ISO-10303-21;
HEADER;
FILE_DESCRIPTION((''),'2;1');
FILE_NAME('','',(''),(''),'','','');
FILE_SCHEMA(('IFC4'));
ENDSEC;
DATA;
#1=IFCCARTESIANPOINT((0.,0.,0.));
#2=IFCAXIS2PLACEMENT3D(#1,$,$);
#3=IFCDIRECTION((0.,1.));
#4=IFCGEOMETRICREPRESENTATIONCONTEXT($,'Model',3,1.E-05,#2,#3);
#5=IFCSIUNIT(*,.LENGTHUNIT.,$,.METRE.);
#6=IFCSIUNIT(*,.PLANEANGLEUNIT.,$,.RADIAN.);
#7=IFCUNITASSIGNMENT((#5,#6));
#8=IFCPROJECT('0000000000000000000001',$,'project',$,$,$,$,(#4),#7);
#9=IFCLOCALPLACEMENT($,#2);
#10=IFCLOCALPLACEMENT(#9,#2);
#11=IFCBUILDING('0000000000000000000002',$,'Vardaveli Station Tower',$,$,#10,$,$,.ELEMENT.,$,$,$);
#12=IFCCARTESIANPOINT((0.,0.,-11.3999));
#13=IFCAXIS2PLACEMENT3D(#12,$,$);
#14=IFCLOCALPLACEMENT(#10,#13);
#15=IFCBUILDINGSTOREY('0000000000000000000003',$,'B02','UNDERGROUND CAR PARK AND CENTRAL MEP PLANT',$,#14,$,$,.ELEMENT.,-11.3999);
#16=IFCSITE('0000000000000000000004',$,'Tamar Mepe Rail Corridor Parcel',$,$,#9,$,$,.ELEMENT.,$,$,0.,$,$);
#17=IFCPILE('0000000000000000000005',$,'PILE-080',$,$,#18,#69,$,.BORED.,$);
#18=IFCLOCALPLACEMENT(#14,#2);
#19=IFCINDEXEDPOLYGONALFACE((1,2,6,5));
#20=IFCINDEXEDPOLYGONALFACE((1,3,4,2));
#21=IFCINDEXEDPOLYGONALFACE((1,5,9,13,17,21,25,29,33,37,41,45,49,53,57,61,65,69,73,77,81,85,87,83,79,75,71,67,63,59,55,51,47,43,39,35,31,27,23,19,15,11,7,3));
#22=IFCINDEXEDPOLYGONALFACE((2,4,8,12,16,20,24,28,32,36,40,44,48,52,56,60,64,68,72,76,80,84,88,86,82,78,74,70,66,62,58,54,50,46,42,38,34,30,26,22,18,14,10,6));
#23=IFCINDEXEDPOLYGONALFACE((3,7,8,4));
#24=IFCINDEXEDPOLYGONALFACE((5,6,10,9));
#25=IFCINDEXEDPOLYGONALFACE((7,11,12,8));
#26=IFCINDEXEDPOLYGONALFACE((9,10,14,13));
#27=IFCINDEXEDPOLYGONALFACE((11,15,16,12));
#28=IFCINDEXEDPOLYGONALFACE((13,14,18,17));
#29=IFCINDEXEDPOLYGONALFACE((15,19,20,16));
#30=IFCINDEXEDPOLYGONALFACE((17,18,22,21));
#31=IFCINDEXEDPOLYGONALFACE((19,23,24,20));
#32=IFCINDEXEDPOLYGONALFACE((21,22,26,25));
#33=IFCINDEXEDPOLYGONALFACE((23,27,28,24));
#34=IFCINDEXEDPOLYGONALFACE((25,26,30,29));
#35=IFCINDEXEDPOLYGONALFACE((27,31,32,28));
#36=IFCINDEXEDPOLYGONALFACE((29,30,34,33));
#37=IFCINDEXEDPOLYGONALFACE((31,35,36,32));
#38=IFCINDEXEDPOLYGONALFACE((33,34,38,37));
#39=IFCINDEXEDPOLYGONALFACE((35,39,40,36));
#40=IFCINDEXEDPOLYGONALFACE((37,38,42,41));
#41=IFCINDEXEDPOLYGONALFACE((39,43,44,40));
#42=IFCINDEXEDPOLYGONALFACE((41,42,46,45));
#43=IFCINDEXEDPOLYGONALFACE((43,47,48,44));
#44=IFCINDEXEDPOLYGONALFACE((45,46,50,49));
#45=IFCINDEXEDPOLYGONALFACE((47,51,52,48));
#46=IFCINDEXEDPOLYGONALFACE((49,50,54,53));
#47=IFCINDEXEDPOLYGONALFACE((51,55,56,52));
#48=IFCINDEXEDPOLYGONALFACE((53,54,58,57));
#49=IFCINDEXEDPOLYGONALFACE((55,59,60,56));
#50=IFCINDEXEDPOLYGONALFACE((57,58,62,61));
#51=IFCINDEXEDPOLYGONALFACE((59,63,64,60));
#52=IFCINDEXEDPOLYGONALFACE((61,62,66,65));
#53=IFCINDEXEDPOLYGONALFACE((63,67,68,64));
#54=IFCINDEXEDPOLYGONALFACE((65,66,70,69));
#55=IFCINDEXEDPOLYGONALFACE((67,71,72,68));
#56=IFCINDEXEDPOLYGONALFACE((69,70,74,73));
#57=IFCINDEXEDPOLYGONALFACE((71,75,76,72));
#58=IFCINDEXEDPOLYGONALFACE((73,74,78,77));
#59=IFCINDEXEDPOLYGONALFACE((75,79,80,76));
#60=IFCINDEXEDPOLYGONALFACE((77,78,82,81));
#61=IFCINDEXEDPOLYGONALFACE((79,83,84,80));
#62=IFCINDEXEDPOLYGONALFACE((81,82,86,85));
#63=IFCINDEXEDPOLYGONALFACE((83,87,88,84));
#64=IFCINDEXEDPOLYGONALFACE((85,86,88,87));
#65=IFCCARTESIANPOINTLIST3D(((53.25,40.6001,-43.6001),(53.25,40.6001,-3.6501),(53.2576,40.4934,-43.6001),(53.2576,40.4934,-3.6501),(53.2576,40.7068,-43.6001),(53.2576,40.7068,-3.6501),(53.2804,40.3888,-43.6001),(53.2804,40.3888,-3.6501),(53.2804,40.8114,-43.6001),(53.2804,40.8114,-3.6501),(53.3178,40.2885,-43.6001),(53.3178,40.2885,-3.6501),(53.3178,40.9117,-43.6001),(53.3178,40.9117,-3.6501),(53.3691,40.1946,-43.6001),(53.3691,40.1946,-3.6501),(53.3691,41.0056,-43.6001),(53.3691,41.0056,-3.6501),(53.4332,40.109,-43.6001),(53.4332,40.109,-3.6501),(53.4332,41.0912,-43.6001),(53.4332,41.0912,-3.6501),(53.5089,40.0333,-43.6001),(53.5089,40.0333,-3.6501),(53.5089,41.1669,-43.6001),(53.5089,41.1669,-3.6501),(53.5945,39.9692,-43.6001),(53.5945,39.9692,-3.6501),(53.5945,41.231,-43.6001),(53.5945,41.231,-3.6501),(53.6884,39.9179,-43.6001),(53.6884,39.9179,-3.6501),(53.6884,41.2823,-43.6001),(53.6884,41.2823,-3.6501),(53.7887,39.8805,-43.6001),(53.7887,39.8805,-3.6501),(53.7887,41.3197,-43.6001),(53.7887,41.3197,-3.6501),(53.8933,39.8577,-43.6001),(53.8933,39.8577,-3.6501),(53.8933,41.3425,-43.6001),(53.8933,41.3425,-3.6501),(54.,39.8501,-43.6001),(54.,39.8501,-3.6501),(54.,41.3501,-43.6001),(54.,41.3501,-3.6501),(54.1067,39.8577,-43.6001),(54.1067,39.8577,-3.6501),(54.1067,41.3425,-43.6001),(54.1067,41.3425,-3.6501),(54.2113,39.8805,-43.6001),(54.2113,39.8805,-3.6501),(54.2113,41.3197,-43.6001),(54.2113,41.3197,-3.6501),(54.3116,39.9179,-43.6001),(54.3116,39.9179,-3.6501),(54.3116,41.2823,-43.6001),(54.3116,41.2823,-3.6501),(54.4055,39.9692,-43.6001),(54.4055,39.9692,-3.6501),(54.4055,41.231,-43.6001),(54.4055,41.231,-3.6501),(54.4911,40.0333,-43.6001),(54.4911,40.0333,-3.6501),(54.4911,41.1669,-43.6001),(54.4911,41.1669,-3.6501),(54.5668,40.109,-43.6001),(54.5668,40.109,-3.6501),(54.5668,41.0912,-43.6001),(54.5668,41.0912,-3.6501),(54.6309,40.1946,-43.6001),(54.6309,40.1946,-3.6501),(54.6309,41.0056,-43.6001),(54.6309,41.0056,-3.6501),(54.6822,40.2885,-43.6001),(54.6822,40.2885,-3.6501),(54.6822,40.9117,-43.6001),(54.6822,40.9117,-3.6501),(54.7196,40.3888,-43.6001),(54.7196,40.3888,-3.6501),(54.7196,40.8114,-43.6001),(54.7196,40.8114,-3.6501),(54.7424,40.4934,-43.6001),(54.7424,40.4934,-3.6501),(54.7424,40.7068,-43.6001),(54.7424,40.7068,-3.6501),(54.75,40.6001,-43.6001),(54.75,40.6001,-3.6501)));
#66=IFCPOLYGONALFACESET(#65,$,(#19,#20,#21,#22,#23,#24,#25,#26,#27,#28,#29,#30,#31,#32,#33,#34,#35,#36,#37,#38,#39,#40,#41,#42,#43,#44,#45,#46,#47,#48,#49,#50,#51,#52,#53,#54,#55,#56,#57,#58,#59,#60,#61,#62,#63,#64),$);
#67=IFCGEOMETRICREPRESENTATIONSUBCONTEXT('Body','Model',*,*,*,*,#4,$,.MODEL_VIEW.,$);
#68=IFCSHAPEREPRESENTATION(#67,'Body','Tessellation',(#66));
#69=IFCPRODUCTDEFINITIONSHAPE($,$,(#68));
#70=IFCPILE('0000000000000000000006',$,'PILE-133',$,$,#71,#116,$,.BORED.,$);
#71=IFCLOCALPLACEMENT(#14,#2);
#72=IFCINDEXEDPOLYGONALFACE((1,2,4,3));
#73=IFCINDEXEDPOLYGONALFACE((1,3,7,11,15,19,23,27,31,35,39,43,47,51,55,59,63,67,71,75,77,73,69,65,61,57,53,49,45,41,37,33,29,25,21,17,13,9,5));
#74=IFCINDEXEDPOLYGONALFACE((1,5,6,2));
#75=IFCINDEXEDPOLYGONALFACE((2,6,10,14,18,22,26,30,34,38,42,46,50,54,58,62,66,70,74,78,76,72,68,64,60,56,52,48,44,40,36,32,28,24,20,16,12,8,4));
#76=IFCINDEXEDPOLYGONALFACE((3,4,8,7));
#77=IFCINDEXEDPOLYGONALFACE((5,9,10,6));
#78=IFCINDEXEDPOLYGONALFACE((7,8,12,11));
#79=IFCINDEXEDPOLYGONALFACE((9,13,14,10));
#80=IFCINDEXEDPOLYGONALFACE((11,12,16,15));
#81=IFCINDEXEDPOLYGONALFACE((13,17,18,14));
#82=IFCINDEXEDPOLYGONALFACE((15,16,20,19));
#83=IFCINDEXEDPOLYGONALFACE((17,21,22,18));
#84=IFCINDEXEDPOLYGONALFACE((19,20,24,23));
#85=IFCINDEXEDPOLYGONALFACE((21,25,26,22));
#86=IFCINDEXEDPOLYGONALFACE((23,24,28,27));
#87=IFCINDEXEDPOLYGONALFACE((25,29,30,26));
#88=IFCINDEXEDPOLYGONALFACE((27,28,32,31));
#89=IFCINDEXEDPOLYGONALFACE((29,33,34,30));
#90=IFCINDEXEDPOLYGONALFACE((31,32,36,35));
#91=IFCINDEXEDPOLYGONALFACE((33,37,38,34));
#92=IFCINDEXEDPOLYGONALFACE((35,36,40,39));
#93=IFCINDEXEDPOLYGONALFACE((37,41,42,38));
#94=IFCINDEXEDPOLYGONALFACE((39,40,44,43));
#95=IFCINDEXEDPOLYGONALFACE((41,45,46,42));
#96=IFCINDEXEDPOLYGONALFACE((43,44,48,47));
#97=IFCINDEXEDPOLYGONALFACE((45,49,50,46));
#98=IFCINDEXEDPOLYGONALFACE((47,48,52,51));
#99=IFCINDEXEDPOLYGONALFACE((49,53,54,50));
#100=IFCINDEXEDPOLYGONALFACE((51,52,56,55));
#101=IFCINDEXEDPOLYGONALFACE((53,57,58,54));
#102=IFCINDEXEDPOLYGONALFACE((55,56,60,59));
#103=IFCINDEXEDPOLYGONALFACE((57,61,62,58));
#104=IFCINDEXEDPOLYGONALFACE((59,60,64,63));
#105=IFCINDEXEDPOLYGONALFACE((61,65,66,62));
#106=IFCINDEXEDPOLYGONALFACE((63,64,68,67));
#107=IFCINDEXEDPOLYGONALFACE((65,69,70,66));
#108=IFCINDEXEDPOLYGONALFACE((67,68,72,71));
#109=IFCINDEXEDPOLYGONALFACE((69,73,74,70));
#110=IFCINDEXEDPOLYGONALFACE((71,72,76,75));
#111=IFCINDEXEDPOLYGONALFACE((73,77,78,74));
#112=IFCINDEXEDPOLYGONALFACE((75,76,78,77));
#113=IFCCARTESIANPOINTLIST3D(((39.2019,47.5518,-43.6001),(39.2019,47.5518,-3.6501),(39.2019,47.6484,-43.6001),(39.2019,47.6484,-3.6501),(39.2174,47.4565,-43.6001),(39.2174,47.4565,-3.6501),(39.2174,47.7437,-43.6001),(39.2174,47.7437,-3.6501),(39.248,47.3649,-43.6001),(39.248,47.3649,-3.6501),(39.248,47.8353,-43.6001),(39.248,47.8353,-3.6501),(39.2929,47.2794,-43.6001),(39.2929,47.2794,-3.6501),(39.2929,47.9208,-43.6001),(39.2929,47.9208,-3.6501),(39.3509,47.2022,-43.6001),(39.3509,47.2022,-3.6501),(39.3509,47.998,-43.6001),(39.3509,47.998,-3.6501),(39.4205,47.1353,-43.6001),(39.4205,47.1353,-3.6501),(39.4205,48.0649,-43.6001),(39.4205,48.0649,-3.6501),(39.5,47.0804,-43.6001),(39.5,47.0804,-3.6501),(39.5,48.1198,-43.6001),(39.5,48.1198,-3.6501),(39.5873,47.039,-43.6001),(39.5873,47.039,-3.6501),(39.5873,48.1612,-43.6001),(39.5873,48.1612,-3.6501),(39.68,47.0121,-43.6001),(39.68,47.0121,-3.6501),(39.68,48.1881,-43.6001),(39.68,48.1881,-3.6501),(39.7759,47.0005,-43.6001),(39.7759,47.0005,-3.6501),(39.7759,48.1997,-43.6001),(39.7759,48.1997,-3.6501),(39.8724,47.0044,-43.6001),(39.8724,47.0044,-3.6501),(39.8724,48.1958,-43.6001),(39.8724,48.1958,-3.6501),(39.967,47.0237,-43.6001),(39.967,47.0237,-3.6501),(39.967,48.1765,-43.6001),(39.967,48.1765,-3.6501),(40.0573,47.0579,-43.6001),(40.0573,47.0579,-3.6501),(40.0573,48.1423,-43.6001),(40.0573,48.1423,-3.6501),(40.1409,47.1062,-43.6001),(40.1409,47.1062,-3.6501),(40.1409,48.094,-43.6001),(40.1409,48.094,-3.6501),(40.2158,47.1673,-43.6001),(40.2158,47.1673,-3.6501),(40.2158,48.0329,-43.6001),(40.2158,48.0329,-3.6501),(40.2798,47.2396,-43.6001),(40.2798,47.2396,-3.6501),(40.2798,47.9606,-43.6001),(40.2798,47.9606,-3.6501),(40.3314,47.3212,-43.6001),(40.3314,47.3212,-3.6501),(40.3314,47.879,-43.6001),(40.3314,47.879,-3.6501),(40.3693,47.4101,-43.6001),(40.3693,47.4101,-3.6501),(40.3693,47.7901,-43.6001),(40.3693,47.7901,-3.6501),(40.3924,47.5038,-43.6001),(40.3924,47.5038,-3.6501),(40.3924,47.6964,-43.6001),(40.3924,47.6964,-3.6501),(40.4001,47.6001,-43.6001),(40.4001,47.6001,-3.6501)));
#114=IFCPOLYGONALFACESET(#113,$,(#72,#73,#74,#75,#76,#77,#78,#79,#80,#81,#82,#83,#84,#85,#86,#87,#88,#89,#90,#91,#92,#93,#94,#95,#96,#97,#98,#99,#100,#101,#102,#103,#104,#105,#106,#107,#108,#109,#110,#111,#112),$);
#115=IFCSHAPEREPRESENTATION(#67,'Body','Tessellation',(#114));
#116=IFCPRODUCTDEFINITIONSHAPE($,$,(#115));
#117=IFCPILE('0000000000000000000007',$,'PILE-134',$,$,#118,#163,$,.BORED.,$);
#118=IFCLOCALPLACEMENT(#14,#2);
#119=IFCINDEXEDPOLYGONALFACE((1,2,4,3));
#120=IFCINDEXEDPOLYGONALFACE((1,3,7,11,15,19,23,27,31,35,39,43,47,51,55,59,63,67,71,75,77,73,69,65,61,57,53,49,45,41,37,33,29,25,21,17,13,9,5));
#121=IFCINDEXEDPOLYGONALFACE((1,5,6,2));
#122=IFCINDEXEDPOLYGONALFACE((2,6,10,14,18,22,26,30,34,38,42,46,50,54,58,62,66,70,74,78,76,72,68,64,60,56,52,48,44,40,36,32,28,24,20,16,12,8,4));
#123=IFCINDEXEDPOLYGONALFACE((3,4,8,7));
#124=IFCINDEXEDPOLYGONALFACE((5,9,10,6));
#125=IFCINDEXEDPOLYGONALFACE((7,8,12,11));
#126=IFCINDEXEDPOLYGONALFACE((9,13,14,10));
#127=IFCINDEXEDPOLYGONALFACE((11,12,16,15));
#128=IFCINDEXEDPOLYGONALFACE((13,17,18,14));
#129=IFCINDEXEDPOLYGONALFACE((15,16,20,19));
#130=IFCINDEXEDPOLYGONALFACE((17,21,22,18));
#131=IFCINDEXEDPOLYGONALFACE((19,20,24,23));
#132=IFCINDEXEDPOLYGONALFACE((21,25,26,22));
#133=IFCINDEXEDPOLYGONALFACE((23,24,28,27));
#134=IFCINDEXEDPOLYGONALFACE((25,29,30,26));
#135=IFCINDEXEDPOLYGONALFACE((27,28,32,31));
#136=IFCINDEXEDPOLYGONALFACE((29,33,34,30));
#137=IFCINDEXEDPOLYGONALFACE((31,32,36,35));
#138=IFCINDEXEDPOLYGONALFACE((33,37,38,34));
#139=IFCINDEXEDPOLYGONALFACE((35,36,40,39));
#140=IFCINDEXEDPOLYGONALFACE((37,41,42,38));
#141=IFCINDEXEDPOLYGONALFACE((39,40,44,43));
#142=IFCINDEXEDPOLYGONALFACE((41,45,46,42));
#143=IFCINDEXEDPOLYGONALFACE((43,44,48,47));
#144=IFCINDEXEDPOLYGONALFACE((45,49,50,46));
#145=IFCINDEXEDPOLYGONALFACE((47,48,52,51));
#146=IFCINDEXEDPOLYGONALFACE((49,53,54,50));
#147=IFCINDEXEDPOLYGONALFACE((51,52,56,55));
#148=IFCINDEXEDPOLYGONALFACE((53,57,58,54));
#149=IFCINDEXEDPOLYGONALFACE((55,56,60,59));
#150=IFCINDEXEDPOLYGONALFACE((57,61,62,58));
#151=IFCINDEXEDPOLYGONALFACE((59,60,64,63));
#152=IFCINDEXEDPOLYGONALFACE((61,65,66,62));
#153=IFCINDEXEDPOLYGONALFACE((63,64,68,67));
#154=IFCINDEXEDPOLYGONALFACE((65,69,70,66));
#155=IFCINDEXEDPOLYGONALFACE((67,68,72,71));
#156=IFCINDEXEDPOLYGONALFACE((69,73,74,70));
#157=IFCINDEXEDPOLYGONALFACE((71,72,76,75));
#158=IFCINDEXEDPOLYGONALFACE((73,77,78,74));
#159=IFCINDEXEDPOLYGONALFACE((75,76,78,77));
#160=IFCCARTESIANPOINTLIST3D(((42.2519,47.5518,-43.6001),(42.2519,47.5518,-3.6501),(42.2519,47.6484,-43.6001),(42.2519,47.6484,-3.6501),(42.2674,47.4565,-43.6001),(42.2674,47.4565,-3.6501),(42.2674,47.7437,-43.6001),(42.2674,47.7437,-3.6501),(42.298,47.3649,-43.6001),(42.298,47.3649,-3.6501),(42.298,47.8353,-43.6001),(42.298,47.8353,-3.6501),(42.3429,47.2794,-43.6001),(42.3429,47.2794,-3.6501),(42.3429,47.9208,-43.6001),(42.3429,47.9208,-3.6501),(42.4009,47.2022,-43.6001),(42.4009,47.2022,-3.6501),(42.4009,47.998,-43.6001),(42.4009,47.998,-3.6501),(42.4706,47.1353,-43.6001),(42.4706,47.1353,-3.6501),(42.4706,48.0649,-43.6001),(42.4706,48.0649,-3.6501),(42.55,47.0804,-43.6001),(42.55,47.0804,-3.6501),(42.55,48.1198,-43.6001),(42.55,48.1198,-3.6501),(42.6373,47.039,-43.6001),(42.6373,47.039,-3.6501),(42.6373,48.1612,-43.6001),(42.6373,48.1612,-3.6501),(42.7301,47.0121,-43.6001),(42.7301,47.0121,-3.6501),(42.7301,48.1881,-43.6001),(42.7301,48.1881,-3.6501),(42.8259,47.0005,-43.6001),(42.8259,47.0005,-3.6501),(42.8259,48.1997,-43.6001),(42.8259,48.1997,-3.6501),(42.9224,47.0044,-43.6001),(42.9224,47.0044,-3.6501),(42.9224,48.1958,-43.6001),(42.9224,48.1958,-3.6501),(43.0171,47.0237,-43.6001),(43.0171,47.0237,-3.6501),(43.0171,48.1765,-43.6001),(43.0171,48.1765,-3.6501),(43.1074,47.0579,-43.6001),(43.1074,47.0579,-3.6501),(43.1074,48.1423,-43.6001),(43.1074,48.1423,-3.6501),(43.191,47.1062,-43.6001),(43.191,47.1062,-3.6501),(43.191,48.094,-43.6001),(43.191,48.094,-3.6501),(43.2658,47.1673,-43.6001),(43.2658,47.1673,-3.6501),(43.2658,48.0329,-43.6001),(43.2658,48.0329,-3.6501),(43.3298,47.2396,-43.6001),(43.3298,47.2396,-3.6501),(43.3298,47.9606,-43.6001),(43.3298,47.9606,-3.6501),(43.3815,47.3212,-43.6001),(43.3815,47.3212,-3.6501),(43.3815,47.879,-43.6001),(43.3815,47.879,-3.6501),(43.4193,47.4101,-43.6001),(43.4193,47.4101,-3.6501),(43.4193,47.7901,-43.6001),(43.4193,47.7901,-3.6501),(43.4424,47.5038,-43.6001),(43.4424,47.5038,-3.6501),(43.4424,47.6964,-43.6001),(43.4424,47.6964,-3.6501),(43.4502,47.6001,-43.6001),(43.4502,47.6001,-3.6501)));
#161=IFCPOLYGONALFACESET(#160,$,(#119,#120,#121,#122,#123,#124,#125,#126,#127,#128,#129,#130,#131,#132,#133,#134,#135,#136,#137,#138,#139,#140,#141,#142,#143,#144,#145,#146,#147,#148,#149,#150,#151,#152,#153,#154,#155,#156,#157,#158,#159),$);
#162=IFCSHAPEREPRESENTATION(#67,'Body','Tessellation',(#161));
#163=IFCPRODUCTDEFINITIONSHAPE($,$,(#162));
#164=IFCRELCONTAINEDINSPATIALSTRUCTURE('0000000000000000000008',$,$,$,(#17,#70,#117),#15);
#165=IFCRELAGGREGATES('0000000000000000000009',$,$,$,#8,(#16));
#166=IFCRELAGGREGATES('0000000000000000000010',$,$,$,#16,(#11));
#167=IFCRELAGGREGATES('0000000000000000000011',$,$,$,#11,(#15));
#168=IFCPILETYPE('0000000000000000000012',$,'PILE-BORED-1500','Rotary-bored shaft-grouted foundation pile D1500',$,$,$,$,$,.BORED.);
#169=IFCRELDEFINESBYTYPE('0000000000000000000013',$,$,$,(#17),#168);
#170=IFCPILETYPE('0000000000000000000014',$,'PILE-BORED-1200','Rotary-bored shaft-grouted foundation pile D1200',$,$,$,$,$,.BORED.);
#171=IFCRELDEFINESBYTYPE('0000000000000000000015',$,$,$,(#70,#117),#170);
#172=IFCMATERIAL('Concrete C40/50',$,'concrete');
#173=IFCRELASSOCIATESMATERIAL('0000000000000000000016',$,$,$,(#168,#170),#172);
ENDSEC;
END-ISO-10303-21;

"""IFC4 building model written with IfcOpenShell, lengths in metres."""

from ifc_helpers import new_model, si_unit, direction, frame, origin, origin_2d, place, context, subcontext, project, spatial, circle, extrude, source, transform, mapped, material, material_profile, profile_set, type_object, element, save


model = new_model("IFC4")

# Units and contexts
model_context = context("Model", 3, precision=1e-05, world=origin(), true_north=direction((0.0, 1.0)))
body_context = subcontext(model_context, "Body", "Model", "MODEL_VIEW")
ifc_project = project(units=[si_unit("LENGTHUNIT", "METRE"), si_unit("PLANEANGLEUNIT", "RADIAN")], contexts=[model_context])

# Site, building, storey
site_placement = place(None, origin())
site = spatial("IfcSite", under=ifc_project, at=site_placement, Name="Tamar Mepe Rail Corridor Parcel", CompositionType="ELEMENT", RefElevation=0.0)
building_placement = place(site_placement, origin())
building = spatial("IfcBuilding", under=site, at=building_placement, Name="Vardaveli Station Tower", CompositionType="ELEMENT")
storey_placement = place(building_placement, frame((0.0, 0.0, -11.3999)))
storey = spatial("IfcBuildingStorey", under=building, at=storey_placement, Name="B02", Description="UNDERGROUND CAR PARK AND CENTRAL MEP PLANT", CompositionType="ELEMENT", Elevation=-11.3999)

# Piles
ifc_material_1 = material(Name="Concrete C40/50", Category="concrete")
ifc_material_profile_1 = material_profile(ifc_material_1, circle(Radius=0.75, at=origin_2d()), Name="PILE D1500")
ifc_profile_set_1 = profile_set([ifc_material_profile_1], Name="Concrete C40/50")
pile_type_1 = type_object("IfcPileType", Name="PILE-BORED-1500", Description="Rotary-bored shaft-grouted foundation pile D1500", PredefinedType="BORED", material=ifc_profile_set_1)
shared_shape_1 = source(origin(), body_context, "Body", "SweptSolid", [
    extrude(circle(Radius=0.75, at=origin_2d()), origin(), (0.0, 0.0, 1.0), 39.95),
])
pile_placement = place(storey_placement, frame((54.0, 40.6001, -3.6501), z_axis=(0.0, 0.0, -1.0), x_axis=(1.0, 0.0, 0.0)))
element("IfcPile", 1, at=pile_placement, inside=storey, type_object=pile_type_1, Name="PILE-080", PredefinedType="BORED", context=body_context, shape_type="MappedRepresentation", body=[
    mapped(shared_shape_1, transform((0.0, 0.0, 0.0), scale=1.0)),
])
ifc_material_profile_2 = material_profile(ifc_material_1, circle(Radius=0.6001, at=origin_2d()), Name="PILE D1200")
ifc_profile_set_2 = profile_set([ifc_material_profile_2], Name="Concrete C40/50")
pile_type_2 = type_object("IfcPileType", Name="PILE-BORED-1200", Description="Rotary-bored shaft-grouted foundation pile D1200", PredefinedType="BORED", material=ifc_profile_set_2)
shared_shape_2 = source(origin(), body_context, "Body", "SweptSolid", [
    extrude(circle(Radius=0.6001, at=origin_2d()), origin(), (0.0, 0.0, 1.0), 39.95),
])
for number, where, z_axis, x_axis, name in (
    (2, (39.8, 47.6001, -3.6501), (0.0, 0.0, -1.0), (1.0, 0.0, 0.0), "PILE-133"),
    (3, (42.8501, 47.6001, -3.6501), (0.0, 0.0, -1.0), (1.0, 0.0, 0.0), "PILE-134"),
):
    element("IfcPile", number, at=place(storey_placement, frame(where, z_axis=z_axis, x_axis=x_axis)), inside=storey, type_object=pile_type_2, Name=name, PredefinedType="BORED", context=body_context, shape_type="MappedRepresentation", body=[
        mapped(shared_shape_2, transform((0.0, 0.0, 0.0), scale=1.0)),
    ])

save(model, "model.ifc")
